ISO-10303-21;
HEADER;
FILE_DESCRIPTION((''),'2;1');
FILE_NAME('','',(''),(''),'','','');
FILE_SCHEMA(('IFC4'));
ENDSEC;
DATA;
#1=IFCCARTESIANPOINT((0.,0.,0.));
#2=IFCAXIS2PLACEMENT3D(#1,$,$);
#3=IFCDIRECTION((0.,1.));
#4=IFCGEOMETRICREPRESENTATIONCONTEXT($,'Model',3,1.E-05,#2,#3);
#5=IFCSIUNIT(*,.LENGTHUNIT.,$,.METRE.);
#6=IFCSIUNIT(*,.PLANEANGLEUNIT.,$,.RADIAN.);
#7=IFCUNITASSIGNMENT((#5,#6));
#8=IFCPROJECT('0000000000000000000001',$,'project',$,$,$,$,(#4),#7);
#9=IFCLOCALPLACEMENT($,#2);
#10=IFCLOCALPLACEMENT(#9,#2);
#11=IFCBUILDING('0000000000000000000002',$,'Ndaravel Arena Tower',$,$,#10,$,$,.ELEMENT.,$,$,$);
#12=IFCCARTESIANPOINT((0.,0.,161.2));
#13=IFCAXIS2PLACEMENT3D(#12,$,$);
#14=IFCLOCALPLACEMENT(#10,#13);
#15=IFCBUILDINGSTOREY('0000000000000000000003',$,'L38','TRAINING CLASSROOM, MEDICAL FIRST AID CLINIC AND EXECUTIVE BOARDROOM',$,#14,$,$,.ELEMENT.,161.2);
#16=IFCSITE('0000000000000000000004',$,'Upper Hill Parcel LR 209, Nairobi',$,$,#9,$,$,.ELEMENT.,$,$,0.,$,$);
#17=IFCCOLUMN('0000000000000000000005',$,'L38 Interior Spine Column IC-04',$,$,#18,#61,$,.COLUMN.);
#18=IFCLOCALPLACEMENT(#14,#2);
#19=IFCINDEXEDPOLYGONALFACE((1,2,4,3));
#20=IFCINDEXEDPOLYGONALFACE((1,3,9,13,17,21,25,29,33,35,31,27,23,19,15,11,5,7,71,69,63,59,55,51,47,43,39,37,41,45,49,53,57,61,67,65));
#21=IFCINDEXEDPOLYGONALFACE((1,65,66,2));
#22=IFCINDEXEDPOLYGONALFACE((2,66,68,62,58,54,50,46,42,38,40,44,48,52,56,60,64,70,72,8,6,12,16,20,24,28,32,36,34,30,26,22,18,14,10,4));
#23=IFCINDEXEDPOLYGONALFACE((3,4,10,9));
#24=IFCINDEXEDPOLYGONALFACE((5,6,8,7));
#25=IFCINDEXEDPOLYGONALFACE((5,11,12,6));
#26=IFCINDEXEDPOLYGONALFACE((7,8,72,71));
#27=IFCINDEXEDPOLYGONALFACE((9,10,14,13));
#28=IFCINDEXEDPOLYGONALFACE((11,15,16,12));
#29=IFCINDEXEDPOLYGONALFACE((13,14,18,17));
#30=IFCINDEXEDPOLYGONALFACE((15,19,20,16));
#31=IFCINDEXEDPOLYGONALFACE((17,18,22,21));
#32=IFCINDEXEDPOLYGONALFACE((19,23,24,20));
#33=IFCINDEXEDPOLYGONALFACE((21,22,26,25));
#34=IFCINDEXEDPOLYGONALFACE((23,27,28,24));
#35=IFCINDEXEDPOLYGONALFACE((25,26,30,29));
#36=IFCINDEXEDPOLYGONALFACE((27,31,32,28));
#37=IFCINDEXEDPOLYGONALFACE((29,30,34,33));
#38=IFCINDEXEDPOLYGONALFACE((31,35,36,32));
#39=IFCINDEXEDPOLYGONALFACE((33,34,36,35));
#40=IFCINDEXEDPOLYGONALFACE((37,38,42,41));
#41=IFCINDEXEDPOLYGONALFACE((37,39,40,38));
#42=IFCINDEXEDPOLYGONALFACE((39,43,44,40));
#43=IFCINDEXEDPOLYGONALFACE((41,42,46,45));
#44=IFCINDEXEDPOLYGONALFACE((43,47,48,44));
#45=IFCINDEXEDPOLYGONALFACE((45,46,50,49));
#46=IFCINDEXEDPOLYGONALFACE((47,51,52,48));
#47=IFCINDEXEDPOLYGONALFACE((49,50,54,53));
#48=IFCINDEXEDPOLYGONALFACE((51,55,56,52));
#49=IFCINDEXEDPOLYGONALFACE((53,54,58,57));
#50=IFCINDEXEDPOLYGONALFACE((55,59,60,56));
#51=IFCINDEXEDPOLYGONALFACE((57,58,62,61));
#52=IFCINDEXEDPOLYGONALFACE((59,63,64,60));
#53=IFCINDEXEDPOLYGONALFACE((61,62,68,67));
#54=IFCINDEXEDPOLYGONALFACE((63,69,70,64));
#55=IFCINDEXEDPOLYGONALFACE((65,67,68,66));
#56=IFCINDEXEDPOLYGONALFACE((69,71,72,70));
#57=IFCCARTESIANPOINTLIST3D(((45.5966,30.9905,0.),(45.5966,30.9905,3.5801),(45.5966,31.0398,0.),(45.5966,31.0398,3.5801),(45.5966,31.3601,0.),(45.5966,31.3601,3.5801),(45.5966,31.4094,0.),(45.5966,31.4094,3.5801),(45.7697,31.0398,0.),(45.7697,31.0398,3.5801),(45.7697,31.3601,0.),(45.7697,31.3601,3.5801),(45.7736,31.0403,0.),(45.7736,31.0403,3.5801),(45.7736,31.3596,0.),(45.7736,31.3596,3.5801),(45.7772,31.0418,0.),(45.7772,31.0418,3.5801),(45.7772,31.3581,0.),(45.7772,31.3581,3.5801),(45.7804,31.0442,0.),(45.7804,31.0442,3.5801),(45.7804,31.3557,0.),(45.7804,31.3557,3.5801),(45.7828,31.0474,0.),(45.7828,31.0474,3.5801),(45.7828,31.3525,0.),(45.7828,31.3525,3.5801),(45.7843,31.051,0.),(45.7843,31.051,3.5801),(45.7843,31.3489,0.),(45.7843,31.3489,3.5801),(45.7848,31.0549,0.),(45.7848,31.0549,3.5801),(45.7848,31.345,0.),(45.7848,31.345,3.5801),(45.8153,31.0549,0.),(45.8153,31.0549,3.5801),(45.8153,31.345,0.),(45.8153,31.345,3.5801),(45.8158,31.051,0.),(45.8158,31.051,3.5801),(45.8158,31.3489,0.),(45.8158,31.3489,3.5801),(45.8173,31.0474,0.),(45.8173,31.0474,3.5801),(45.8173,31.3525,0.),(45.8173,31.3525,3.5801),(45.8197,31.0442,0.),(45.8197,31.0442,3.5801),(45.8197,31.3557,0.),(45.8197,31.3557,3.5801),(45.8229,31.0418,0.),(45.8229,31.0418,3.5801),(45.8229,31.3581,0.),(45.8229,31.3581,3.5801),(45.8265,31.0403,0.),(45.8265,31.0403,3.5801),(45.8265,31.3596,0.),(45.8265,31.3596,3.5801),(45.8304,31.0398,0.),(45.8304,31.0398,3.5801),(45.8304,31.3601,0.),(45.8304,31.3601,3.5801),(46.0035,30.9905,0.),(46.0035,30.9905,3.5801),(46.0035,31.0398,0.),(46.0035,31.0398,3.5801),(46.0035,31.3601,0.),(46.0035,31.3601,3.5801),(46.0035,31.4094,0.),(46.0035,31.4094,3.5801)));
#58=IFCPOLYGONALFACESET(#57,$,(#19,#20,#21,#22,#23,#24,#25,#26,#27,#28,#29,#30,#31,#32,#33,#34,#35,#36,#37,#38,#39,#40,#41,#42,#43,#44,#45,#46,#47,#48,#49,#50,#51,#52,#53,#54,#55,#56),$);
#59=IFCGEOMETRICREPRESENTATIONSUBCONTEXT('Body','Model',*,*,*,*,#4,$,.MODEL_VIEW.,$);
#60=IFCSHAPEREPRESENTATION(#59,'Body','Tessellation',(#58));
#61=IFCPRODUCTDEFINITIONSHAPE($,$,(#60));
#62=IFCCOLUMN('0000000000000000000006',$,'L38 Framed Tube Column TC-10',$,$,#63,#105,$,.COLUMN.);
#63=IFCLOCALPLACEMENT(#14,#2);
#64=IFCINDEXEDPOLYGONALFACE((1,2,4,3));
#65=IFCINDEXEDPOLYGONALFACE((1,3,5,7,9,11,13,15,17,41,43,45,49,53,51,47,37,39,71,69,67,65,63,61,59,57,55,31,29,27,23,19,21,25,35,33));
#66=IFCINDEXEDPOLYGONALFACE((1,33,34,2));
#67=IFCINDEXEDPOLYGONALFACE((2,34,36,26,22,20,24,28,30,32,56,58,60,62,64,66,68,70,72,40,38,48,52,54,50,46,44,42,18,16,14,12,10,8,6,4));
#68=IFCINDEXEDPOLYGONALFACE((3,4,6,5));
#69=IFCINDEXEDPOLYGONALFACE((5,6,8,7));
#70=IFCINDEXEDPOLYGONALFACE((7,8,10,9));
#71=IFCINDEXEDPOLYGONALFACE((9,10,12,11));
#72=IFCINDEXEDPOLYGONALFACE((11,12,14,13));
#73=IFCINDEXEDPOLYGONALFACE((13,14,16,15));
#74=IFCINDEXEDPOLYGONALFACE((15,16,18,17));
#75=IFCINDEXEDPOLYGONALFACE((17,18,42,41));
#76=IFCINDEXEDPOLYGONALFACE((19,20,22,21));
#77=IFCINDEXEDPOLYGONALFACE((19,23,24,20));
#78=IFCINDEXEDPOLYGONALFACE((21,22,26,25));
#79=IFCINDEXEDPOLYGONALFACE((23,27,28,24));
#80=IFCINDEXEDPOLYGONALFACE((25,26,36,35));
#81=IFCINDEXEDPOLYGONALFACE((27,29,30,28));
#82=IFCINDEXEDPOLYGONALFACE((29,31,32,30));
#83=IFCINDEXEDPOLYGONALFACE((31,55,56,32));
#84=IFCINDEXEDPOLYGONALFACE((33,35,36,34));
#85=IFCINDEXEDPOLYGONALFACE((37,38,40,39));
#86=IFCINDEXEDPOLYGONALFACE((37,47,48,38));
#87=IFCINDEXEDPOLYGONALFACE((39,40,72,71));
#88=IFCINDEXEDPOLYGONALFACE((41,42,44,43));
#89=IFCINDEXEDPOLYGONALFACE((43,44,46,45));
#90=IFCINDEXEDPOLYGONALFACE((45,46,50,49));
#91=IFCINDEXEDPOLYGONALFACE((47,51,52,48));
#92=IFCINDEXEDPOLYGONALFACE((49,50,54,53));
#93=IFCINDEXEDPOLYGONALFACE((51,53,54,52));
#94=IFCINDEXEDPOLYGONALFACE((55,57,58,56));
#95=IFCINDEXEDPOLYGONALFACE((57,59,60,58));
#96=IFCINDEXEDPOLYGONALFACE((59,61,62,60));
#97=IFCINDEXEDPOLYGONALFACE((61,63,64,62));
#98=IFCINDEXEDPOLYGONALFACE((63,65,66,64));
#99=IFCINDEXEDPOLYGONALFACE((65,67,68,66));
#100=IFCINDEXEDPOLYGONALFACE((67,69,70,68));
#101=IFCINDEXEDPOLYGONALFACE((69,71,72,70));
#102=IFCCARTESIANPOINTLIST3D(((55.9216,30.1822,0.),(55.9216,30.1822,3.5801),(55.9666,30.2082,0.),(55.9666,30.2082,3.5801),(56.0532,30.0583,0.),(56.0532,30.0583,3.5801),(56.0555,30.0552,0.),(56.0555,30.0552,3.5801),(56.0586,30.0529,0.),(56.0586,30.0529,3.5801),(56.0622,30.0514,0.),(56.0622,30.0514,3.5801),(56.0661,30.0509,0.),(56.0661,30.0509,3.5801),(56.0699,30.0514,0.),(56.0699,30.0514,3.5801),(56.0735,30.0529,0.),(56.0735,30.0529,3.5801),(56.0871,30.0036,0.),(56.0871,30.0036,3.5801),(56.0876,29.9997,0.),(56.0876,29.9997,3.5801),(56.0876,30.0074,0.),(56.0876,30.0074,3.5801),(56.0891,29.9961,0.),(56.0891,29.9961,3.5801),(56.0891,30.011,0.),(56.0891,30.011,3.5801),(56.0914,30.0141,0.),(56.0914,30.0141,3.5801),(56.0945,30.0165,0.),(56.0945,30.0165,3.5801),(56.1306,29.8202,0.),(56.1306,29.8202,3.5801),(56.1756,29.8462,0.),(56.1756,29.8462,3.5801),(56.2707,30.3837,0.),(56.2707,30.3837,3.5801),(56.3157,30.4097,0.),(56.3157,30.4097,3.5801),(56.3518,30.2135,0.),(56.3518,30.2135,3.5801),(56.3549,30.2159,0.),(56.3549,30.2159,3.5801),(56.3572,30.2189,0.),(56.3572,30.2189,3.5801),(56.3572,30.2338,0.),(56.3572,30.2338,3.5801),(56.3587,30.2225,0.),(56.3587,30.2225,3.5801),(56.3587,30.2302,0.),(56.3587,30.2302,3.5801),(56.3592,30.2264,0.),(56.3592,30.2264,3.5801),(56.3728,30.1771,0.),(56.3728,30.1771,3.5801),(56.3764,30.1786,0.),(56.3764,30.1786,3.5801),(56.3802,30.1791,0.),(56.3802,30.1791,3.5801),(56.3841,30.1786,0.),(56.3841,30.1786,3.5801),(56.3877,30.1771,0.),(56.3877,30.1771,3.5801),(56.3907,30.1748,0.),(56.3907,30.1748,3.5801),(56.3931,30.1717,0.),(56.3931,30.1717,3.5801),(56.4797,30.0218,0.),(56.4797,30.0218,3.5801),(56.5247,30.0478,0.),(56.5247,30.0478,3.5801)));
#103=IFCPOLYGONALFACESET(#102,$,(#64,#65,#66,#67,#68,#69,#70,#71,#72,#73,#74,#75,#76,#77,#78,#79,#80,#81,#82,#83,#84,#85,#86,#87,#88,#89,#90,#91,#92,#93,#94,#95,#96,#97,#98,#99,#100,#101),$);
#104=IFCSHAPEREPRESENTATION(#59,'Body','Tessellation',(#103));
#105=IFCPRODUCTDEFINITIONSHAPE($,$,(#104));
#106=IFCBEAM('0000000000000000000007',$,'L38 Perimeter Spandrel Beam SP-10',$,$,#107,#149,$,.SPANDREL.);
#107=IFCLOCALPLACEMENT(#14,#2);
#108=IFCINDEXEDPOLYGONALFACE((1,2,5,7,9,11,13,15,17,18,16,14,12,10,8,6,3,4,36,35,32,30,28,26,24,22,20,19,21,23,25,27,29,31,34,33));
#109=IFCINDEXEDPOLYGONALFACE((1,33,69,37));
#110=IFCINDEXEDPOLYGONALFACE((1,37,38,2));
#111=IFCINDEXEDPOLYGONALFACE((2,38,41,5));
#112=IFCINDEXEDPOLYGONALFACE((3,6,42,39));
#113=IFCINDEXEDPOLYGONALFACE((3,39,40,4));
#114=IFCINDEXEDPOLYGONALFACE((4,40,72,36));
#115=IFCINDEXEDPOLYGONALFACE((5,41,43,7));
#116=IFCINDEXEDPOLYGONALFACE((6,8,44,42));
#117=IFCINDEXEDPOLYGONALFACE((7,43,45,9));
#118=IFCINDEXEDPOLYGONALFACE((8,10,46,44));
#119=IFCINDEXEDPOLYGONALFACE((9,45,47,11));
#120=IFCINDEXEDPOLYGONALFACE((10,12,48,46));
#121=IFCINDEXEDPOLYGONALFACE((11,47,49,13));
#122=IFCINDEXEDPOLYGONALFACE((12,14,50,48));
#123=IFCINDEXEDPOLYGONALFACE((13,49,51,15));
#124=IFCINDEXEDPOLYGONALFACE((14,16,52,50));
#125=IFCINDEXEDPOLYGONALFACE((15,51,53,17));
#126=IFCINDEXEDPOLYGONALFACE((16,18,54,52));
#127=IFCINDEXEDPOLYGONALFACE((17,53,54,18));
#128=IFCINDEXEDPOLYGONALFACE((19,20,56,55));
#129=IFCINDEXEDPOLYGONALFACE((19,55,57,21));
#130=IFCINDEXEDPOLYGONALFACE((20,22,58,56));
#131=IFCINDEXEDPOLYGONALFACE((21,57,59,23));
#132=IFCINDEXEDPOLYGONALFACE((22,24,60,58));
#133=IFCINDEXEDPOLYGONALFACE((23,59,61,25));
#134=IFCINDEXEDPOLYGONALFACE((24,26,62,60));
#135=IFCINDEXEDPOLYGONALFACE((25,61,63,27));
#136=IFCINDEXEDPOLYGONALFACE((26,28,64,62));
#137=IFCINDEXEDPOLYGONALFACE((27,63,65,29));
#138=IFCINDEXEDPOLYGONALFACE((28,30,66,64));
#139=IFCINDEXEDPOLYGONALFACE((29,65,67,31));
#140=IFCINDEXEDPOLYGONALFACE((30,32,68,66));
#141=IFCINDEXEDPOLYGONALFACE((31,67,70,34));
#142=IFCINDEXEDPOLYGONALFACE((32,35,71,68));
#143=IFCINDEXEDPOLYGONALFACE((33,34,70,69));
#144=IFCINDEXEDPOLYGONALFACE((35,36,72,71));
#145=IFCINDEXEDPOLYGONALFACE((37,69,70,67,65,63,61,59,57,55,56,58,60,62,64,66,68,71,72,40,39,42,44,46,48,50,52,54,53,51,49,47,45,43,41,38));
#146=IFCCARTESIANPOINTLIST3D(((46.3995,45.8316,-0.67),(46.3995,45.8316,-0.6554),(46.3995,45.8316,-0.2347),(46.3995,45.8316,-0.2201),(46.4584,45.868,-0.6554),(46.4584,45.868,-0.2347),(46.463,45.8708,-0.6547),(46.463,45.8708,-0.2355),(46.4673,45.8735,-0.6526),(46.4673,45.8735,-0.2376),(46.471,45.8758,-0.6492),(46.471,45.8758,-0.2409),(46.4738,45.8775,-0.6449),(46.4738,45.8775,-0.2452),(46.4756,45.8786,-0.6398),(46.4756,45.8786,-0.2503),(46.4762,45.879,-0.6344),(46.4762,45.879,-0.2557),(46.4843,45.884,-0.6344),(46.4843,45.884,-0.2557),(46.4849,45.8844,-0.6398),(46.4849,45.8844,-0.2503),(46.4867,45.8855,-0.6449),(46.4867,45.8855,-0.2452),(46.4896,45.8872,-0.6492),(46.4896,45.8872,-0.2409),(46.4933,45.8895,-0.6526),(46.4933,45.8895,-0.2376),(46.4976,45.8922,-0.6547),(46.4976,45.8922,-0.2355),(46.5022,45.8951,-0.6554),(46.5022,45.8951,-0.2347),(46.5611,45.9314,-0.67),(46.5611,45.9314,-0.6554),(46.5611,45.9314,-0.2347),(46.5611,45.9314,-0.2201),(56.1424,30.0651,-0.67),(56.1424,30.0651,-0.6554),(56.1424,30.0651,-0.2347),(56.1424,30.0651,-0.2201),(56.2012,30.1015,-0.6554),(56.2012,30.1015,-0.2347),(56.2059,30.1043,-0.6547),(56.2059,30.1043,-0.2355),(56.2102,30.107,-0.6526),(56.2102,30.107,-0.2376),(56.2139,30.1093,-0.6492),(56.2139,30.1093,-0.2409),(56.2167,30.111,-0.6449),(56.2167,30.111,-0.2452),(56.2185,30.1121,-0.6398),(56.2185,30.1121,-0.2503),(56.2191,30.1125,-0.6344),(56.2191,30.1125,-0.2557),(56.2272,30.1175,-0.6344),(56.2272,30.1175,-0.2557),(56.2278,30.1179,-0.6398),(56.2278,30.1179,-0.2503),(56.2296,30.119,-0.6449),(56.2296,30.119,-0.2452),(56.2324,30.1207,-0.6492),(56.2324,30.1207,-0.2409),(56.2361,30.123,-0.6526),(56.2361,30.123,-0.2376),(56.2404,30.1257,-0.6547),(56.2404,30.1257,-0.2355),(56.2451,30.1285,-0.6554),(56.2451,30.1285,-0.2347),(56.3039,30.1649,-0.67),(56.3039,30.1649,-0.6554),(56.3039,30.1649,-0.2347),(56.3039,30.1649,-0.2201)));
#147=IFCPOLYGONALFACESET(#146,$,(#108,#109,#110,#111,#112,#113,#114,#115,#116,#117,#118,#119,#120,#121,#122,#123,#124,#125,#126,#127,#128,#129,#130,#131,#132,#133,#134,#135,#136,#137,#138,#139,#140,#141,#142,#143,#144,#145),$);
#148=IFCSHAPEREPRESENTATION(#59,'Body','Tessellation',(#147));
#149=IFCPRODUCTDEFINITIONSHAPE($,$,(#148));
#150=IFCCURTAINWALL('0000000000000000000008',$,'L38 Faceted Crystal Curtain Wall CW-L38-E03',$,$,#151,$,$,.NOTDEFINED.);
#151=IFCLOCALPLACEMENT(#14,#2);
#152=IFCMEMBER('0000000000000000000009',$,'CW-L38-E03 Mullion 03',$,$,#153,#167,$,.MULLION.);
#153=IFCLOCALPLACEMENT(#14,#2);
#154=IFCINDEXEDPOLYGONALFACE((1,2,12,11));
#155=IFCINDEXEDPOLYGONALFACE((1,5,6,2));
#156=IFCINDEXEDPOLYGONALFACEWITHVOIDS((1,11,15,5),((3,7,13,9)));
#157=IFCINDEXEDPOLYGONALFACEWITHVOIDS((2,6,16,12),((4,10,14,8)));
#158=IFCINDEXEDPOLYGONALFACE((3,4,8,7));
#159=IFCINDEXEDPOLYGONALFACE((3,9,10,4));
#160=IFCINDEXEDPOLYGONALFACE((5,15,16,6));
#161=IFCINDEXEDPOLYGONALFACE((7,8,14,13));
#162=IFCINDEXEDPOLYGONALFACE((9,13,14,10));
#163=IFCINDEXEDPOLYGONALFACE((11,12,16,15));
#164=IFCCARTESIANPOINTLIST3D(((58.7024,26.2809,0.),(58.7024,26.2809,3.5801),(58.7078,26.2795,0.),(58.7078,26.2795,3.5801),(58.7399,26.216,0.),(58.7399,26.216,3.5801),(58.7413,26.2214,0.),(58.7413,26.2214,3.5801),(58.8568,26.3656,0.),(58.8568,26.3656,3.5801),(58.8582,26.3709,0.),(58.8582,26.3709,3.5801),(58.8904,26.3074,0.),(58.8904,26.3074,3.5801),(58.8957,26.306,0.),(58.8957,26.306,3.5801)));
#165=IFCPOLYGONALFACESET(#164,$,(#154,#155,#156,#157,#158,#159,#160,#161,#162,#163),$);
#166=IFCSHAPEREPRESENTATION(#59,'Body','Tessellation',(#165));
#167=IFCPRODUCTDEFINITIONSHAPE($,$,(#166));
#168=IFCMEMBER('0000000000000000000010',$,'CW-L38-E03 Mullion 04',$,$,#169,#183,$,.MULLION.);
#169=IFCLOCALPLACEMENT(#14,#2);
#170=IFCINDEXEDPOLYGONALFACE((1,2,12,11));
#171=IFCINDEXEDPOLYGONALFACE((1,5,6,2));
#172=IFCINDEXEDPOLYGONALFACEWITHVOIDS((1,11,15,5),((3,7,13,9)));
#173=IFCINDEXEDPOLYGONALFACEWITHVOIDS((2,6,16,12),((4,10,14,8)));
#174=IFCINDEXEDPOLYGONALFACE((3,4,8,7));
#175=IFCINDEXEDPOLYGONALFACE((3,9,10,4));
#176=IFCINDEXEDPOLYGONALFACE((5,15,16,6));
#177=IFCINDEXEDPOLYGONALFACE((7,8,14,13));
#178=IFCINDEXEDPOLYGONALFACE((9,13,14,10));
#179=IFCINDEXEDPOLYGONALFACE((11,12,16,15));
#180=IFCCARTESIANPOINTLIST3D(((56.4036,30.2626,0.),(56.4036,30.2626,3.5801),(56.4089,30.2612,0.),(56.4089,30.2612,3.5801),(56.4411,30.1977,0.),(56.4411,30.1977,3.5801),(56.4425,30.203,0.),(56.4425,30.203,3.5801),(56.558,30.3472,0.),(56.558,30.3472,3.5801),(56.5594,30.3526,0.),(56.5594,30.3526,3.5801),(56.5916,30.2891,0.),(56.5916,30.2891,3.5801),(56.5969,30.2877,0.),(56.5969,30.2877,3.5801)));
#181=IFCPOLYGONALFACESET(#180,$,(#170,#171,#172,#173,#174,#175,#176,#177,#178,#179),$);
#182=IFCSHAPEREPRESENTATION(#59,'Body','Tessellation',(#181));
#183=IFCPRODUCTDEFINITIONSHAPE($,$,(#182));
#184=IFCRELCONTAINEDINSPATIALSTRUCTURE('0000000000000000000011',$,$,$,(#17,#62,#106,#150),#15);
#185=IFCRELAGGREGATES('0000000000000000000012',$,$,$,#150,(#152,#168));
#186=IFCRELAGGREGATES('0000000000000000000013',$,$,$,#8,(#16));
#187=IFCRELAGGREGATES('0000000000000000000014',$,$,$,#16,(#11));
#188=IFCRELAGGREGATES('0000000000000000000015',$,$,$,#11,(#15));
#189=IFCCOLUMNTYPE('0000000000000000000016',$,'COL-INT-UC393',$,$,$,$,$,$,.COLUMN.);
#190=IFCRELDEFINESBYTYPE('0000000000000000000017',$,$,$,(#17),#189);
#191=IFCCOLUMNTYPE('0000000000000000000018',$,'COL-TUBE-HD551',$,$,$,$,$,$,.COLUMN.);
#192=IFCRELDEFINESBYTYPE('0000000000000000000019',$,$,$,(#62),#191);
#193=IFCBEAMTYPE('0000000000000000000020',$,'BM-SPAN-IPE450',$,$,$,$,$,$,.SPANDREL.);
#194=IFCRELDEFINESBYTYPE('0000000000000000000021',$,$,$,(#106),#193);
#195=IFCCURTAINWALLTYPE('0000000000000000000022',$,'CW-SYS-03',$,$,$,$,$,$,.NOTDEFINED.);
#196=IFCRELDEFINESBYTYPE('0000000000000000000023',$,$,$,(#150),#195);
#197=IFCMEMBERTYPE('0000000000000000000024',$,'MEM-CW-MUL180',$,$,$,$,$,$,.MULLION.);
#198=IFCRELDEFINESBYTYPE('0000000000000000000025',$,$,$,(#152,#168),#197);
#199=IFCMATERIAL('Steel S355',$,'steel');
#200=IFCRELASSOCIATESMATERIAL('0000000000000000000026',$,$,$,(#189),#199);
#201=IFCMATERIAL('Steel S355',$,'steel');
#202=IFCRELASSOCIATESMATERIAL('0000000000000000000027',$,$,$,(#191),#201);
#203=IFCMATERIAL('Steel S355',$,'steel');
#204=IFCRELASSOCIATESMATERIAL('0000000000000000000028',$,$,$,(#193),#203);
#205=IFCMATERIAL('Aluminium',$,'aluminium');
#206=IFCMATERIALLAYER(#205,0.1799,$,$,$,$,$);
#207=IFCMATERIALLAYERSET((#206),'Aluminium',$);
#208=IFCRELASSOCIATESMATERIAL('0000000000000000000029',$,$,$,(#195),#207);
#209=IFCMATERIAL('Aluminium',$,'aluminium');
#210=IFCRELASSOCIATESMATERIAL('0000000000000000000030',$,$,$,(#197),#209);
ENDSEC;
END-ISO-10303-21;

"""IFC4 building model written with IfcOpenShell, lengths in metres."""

from ifc_helpers import new_model, si_unit, direction, frame, origin, origin_2d, place, context, subcontext, project, spatial, hollow_rectangle, i_section, extrude, material, layer, layer_set, material_profile, profile_set, type_object, element, aggregate, save


model = new_model("IFC4")

# Units and contexts
model_context = context("Model", 3, precision=1e-05, world=origin(), true_north=direction((0.0, 1.0)))
body_context = subcontext(model_context, "Body", "Model", "MODEL_VIEW")
ifc_project = project(units=[si_unit("LENGTHUNIT", "METRE"), si_unit("PLANEANGLEUNIT", "RADIAN")], contexts=[model_context])

# Site, building, storey
site_placement = place(None, origin())
site = spatial("IfcSite", under=ifc_project, at=site_placement, Name="Upper Hill Parcel LR 209, Nairobi", CompositionType="ELEMENT", RefElevation=0.0)
building_placement = place(site_placement, origin())
building = spatial("IfcBuilding", under=site, at=building_placement, Name="Ndaravel Arena Tower", CompositionType="ELEMENT")
storey_placement = place(building_placement, frame((0.0, 0.0, 161.2)))
storey = spatial("IfcBuildingStorey", under=building, at=storey_placement, Name="L38", Description="TRAINING CLASSROOM, MEDICAL FIRST AID CLINIC AND EXECUTIVE BOARDROOM", CompositionType="ELEMENT", Elevation=161.2)

# Columns
ifc_material_1 = material(Name="Steel S355", Category="steel")
ifc_material_profile_1 = material_profile(ifc_material_1, i_section(OverallWidth=0.407, OverallDepth=0.4189, WebThickness=0.0305, FlangeThickness=0.0493, FilletRadius=0.0151, at=origin_2d()), Name="UC 356x406x393")
ifc_profile_set_1 = profile_set([ifc_material_profile_1], Name="Steel S355")
column_type_1 = type_object("IfcColumnType", Name="COL-INT-UC393", PredefinedType="COLUMN", material=ifc_profile_set_1)
column_1_placement = place(storey_placement, frame((45.8, 31.2, 0.0), z_axis=(0.0, 0.0, 1.0), x_axis=(1.0, 0.0, 0.0)))
element("IfcColumn", 1, at=column_1_placement, inside=storey, type_object=column_type_1, Name="L38 Interior Spine Column IC-04", PredefinedType="COLUMN", context=body_context, shape_type="SweptSolid", body=[
    extrude(i_section(OverallWidth=0.407, OverallDepth=0.4189, WebThickness=0.0305, FlangeThickness=0.0493, FilletRadius=0.0151, at=origin_2d()), origin(), (0.0, 0.0, 1.0), 3.5801),
])
ifc_material_2 = material(Name="Steel S355", Category="steel")
ifc_material_profile_2 = material_profile(ifc_material_2, i_section(OverallWidth=0.418, OverallDepth=0.4551, WebThickness=0.042, FlangeThickness=0.052, FilletRadius=0.0149, at=origin_2d()), Name="HD 400x551")
ifc_profile_set_2 = profile_set([ifc_material_profile_2], Name="Steel S355")
column_type_2 = type_object("IfcColumnType", Name="COL-TUBE-HD551", PredefinedType="COLUMN", material=ifc_profile_set_2)
column_2_placement = place(storey_placement, frame((56.2231, 30.115, 0.0), z_axis=(0.0, 0.0, 1.0), x_axis=(-0.5, 0.866025, 0.0)))
element("IfcColumn", 2, at=column_2_placement, inside=storey, type_object=column_type_2, Name="L38 Framed Tube Column TC-10", PredefinedType="COLUMN", context=body_context, shape_type="SweptSolid", body=[
    extrude(i_section(OverallWidth=0.418, OverallDepth=0.4551, WebThickness=0.042, FlangeThickness=0.052, FilletRadius=0.0149, at=origin_2d()), origin(), (0.0, 0.0, 1.0), 3.5801),
])

# Beam
ifc_material_3 = material(Name="Steel S355", Category="steel")
ifc_material_profile_3 = material_profile(ifc_material_3, i_section(OverallWidth=0.1899, OverallDepth=0.45, WebThickness=0.0095, FlangeThickness=0.0146, FilletRadius=0.021, at=origin_2d()), Name="IPE 450")
ifc_profile_set_3 = profile_set([ifc_material_profile_3], Name="Steel S355")
beam_type = type_object("IfcBeamType", Name="BM-SPAN-IPE450", PredefinedType="SPANDREL", material=ifc_profile_set_3)
beam_placement = place(storey_placement, frame((56.2231, 30.115, -0.4451), z_axis=(-0.525677, 0.850684, 0.0), x_axis=(-0.850684, -0.525677, 0.0)))
element("IfcBeam", 3, at=beam_placement, inside=storey, type_object=beam_type, Name="L38 Perimeter Spandrel Beam SP-10", PredefinedType="SPANDREL", context=body_context, shape_type="SweptSolid", body=[
    extrude(i_section(OverallWidth=0.1899, OverallDepth=0.45, WebThickness=0.0095, FlangeThickness=0.0146, FilletRadius=0.021, at=origin_2d()), origin(), (0.0, 0.0, 1.0), 18.5339),
])

# Curtain wall, members
ifc_material_4 = material(Name="Aluminium", Category="aluminium")
ifc_layer_1 = layer(ifc_material_4, 0.1799)
ifc_layer_set_1 = layer_set([ifc_layer_1], Name="Aluminium")
curtain_wall_type = type_object("IfcCurtainWallType", Name="CW-SYS-03", PredefinedType="NOTDEFINED", material=ifc_layer_set_1)
curtain_wall_placement = place(storey_placement, origin())
curtain_wall = element("IfcCurtainWall", 4, at=curtain_wall_placement, inside=storey, type_object=curtain_wall_type, Name="L38 Faceted Crystal Curtain Wall CW-L38-E03", PredefinedType="NOTDEFINED")
ifc_material_5 = material(Name="Aluminium", Category="aluminium")
ifc_material_profile_4 = material_profile(ifc_material_5, hollow_rectangle(XDim=0.075, YDim=0.1799, WallThickness=0.0039, at=origin_2d()), Name="CW MULLION 75x180x4")
ifc_profile_set_4 = profile_set([ifc_material_profile_4], Name="Aluminium")
member_type = type_object("IfcMemberType", Name="MEM-CW-MUL180", PredefinedType="MULLION", material=ifc_profile_set_4)
member_1_placement = place(storey_placement, frame((58.7991, 26.2935, 0.0), z_axis=(0.0, 0.0, 1.0), x_axis=(-0.5, 0.866025, 0.0)))
member_1 = element("IfcMember", 5, at=member_1_placement, type_object=member_type, Name="CW-L38-E03 Mullion 03", PredefinedType="MULLION", context=body_context, shape_type="SweptSolid", body=[
    extrude(hollow_rectangle(XDim=0.075, YDim=0.1799, WallThickness=0.0039, at=origin_2d()), origin(), (0.0, 0.0, 1.0), 3.5801),
])
member_2_placement = place(storey_placement, frame((56.5002, 30.2751, 0.0), z_axis=(0.0, 0.0, 1.0), x_axis=(-0.5, 0.866025, 0.0)))
member_2 = element("IfcMember", 6, at=member_2_placement, type_object=member_type, Name="CW-L38-E03 Mullion 04", PredefinedType="MULLION", context=body_context, shape_type="SweptSolid", body=[
    extrude(hollow_rectangle(XDim=0.075, YDim=0.1799, WallThickness=0.0039, at=origin_2d()), origin(), (0.0, 0.0, 1.0), 3.5801),
])
aggregate(curtain_wall, [member_1, member_2])

save(model, "model.ifc")
